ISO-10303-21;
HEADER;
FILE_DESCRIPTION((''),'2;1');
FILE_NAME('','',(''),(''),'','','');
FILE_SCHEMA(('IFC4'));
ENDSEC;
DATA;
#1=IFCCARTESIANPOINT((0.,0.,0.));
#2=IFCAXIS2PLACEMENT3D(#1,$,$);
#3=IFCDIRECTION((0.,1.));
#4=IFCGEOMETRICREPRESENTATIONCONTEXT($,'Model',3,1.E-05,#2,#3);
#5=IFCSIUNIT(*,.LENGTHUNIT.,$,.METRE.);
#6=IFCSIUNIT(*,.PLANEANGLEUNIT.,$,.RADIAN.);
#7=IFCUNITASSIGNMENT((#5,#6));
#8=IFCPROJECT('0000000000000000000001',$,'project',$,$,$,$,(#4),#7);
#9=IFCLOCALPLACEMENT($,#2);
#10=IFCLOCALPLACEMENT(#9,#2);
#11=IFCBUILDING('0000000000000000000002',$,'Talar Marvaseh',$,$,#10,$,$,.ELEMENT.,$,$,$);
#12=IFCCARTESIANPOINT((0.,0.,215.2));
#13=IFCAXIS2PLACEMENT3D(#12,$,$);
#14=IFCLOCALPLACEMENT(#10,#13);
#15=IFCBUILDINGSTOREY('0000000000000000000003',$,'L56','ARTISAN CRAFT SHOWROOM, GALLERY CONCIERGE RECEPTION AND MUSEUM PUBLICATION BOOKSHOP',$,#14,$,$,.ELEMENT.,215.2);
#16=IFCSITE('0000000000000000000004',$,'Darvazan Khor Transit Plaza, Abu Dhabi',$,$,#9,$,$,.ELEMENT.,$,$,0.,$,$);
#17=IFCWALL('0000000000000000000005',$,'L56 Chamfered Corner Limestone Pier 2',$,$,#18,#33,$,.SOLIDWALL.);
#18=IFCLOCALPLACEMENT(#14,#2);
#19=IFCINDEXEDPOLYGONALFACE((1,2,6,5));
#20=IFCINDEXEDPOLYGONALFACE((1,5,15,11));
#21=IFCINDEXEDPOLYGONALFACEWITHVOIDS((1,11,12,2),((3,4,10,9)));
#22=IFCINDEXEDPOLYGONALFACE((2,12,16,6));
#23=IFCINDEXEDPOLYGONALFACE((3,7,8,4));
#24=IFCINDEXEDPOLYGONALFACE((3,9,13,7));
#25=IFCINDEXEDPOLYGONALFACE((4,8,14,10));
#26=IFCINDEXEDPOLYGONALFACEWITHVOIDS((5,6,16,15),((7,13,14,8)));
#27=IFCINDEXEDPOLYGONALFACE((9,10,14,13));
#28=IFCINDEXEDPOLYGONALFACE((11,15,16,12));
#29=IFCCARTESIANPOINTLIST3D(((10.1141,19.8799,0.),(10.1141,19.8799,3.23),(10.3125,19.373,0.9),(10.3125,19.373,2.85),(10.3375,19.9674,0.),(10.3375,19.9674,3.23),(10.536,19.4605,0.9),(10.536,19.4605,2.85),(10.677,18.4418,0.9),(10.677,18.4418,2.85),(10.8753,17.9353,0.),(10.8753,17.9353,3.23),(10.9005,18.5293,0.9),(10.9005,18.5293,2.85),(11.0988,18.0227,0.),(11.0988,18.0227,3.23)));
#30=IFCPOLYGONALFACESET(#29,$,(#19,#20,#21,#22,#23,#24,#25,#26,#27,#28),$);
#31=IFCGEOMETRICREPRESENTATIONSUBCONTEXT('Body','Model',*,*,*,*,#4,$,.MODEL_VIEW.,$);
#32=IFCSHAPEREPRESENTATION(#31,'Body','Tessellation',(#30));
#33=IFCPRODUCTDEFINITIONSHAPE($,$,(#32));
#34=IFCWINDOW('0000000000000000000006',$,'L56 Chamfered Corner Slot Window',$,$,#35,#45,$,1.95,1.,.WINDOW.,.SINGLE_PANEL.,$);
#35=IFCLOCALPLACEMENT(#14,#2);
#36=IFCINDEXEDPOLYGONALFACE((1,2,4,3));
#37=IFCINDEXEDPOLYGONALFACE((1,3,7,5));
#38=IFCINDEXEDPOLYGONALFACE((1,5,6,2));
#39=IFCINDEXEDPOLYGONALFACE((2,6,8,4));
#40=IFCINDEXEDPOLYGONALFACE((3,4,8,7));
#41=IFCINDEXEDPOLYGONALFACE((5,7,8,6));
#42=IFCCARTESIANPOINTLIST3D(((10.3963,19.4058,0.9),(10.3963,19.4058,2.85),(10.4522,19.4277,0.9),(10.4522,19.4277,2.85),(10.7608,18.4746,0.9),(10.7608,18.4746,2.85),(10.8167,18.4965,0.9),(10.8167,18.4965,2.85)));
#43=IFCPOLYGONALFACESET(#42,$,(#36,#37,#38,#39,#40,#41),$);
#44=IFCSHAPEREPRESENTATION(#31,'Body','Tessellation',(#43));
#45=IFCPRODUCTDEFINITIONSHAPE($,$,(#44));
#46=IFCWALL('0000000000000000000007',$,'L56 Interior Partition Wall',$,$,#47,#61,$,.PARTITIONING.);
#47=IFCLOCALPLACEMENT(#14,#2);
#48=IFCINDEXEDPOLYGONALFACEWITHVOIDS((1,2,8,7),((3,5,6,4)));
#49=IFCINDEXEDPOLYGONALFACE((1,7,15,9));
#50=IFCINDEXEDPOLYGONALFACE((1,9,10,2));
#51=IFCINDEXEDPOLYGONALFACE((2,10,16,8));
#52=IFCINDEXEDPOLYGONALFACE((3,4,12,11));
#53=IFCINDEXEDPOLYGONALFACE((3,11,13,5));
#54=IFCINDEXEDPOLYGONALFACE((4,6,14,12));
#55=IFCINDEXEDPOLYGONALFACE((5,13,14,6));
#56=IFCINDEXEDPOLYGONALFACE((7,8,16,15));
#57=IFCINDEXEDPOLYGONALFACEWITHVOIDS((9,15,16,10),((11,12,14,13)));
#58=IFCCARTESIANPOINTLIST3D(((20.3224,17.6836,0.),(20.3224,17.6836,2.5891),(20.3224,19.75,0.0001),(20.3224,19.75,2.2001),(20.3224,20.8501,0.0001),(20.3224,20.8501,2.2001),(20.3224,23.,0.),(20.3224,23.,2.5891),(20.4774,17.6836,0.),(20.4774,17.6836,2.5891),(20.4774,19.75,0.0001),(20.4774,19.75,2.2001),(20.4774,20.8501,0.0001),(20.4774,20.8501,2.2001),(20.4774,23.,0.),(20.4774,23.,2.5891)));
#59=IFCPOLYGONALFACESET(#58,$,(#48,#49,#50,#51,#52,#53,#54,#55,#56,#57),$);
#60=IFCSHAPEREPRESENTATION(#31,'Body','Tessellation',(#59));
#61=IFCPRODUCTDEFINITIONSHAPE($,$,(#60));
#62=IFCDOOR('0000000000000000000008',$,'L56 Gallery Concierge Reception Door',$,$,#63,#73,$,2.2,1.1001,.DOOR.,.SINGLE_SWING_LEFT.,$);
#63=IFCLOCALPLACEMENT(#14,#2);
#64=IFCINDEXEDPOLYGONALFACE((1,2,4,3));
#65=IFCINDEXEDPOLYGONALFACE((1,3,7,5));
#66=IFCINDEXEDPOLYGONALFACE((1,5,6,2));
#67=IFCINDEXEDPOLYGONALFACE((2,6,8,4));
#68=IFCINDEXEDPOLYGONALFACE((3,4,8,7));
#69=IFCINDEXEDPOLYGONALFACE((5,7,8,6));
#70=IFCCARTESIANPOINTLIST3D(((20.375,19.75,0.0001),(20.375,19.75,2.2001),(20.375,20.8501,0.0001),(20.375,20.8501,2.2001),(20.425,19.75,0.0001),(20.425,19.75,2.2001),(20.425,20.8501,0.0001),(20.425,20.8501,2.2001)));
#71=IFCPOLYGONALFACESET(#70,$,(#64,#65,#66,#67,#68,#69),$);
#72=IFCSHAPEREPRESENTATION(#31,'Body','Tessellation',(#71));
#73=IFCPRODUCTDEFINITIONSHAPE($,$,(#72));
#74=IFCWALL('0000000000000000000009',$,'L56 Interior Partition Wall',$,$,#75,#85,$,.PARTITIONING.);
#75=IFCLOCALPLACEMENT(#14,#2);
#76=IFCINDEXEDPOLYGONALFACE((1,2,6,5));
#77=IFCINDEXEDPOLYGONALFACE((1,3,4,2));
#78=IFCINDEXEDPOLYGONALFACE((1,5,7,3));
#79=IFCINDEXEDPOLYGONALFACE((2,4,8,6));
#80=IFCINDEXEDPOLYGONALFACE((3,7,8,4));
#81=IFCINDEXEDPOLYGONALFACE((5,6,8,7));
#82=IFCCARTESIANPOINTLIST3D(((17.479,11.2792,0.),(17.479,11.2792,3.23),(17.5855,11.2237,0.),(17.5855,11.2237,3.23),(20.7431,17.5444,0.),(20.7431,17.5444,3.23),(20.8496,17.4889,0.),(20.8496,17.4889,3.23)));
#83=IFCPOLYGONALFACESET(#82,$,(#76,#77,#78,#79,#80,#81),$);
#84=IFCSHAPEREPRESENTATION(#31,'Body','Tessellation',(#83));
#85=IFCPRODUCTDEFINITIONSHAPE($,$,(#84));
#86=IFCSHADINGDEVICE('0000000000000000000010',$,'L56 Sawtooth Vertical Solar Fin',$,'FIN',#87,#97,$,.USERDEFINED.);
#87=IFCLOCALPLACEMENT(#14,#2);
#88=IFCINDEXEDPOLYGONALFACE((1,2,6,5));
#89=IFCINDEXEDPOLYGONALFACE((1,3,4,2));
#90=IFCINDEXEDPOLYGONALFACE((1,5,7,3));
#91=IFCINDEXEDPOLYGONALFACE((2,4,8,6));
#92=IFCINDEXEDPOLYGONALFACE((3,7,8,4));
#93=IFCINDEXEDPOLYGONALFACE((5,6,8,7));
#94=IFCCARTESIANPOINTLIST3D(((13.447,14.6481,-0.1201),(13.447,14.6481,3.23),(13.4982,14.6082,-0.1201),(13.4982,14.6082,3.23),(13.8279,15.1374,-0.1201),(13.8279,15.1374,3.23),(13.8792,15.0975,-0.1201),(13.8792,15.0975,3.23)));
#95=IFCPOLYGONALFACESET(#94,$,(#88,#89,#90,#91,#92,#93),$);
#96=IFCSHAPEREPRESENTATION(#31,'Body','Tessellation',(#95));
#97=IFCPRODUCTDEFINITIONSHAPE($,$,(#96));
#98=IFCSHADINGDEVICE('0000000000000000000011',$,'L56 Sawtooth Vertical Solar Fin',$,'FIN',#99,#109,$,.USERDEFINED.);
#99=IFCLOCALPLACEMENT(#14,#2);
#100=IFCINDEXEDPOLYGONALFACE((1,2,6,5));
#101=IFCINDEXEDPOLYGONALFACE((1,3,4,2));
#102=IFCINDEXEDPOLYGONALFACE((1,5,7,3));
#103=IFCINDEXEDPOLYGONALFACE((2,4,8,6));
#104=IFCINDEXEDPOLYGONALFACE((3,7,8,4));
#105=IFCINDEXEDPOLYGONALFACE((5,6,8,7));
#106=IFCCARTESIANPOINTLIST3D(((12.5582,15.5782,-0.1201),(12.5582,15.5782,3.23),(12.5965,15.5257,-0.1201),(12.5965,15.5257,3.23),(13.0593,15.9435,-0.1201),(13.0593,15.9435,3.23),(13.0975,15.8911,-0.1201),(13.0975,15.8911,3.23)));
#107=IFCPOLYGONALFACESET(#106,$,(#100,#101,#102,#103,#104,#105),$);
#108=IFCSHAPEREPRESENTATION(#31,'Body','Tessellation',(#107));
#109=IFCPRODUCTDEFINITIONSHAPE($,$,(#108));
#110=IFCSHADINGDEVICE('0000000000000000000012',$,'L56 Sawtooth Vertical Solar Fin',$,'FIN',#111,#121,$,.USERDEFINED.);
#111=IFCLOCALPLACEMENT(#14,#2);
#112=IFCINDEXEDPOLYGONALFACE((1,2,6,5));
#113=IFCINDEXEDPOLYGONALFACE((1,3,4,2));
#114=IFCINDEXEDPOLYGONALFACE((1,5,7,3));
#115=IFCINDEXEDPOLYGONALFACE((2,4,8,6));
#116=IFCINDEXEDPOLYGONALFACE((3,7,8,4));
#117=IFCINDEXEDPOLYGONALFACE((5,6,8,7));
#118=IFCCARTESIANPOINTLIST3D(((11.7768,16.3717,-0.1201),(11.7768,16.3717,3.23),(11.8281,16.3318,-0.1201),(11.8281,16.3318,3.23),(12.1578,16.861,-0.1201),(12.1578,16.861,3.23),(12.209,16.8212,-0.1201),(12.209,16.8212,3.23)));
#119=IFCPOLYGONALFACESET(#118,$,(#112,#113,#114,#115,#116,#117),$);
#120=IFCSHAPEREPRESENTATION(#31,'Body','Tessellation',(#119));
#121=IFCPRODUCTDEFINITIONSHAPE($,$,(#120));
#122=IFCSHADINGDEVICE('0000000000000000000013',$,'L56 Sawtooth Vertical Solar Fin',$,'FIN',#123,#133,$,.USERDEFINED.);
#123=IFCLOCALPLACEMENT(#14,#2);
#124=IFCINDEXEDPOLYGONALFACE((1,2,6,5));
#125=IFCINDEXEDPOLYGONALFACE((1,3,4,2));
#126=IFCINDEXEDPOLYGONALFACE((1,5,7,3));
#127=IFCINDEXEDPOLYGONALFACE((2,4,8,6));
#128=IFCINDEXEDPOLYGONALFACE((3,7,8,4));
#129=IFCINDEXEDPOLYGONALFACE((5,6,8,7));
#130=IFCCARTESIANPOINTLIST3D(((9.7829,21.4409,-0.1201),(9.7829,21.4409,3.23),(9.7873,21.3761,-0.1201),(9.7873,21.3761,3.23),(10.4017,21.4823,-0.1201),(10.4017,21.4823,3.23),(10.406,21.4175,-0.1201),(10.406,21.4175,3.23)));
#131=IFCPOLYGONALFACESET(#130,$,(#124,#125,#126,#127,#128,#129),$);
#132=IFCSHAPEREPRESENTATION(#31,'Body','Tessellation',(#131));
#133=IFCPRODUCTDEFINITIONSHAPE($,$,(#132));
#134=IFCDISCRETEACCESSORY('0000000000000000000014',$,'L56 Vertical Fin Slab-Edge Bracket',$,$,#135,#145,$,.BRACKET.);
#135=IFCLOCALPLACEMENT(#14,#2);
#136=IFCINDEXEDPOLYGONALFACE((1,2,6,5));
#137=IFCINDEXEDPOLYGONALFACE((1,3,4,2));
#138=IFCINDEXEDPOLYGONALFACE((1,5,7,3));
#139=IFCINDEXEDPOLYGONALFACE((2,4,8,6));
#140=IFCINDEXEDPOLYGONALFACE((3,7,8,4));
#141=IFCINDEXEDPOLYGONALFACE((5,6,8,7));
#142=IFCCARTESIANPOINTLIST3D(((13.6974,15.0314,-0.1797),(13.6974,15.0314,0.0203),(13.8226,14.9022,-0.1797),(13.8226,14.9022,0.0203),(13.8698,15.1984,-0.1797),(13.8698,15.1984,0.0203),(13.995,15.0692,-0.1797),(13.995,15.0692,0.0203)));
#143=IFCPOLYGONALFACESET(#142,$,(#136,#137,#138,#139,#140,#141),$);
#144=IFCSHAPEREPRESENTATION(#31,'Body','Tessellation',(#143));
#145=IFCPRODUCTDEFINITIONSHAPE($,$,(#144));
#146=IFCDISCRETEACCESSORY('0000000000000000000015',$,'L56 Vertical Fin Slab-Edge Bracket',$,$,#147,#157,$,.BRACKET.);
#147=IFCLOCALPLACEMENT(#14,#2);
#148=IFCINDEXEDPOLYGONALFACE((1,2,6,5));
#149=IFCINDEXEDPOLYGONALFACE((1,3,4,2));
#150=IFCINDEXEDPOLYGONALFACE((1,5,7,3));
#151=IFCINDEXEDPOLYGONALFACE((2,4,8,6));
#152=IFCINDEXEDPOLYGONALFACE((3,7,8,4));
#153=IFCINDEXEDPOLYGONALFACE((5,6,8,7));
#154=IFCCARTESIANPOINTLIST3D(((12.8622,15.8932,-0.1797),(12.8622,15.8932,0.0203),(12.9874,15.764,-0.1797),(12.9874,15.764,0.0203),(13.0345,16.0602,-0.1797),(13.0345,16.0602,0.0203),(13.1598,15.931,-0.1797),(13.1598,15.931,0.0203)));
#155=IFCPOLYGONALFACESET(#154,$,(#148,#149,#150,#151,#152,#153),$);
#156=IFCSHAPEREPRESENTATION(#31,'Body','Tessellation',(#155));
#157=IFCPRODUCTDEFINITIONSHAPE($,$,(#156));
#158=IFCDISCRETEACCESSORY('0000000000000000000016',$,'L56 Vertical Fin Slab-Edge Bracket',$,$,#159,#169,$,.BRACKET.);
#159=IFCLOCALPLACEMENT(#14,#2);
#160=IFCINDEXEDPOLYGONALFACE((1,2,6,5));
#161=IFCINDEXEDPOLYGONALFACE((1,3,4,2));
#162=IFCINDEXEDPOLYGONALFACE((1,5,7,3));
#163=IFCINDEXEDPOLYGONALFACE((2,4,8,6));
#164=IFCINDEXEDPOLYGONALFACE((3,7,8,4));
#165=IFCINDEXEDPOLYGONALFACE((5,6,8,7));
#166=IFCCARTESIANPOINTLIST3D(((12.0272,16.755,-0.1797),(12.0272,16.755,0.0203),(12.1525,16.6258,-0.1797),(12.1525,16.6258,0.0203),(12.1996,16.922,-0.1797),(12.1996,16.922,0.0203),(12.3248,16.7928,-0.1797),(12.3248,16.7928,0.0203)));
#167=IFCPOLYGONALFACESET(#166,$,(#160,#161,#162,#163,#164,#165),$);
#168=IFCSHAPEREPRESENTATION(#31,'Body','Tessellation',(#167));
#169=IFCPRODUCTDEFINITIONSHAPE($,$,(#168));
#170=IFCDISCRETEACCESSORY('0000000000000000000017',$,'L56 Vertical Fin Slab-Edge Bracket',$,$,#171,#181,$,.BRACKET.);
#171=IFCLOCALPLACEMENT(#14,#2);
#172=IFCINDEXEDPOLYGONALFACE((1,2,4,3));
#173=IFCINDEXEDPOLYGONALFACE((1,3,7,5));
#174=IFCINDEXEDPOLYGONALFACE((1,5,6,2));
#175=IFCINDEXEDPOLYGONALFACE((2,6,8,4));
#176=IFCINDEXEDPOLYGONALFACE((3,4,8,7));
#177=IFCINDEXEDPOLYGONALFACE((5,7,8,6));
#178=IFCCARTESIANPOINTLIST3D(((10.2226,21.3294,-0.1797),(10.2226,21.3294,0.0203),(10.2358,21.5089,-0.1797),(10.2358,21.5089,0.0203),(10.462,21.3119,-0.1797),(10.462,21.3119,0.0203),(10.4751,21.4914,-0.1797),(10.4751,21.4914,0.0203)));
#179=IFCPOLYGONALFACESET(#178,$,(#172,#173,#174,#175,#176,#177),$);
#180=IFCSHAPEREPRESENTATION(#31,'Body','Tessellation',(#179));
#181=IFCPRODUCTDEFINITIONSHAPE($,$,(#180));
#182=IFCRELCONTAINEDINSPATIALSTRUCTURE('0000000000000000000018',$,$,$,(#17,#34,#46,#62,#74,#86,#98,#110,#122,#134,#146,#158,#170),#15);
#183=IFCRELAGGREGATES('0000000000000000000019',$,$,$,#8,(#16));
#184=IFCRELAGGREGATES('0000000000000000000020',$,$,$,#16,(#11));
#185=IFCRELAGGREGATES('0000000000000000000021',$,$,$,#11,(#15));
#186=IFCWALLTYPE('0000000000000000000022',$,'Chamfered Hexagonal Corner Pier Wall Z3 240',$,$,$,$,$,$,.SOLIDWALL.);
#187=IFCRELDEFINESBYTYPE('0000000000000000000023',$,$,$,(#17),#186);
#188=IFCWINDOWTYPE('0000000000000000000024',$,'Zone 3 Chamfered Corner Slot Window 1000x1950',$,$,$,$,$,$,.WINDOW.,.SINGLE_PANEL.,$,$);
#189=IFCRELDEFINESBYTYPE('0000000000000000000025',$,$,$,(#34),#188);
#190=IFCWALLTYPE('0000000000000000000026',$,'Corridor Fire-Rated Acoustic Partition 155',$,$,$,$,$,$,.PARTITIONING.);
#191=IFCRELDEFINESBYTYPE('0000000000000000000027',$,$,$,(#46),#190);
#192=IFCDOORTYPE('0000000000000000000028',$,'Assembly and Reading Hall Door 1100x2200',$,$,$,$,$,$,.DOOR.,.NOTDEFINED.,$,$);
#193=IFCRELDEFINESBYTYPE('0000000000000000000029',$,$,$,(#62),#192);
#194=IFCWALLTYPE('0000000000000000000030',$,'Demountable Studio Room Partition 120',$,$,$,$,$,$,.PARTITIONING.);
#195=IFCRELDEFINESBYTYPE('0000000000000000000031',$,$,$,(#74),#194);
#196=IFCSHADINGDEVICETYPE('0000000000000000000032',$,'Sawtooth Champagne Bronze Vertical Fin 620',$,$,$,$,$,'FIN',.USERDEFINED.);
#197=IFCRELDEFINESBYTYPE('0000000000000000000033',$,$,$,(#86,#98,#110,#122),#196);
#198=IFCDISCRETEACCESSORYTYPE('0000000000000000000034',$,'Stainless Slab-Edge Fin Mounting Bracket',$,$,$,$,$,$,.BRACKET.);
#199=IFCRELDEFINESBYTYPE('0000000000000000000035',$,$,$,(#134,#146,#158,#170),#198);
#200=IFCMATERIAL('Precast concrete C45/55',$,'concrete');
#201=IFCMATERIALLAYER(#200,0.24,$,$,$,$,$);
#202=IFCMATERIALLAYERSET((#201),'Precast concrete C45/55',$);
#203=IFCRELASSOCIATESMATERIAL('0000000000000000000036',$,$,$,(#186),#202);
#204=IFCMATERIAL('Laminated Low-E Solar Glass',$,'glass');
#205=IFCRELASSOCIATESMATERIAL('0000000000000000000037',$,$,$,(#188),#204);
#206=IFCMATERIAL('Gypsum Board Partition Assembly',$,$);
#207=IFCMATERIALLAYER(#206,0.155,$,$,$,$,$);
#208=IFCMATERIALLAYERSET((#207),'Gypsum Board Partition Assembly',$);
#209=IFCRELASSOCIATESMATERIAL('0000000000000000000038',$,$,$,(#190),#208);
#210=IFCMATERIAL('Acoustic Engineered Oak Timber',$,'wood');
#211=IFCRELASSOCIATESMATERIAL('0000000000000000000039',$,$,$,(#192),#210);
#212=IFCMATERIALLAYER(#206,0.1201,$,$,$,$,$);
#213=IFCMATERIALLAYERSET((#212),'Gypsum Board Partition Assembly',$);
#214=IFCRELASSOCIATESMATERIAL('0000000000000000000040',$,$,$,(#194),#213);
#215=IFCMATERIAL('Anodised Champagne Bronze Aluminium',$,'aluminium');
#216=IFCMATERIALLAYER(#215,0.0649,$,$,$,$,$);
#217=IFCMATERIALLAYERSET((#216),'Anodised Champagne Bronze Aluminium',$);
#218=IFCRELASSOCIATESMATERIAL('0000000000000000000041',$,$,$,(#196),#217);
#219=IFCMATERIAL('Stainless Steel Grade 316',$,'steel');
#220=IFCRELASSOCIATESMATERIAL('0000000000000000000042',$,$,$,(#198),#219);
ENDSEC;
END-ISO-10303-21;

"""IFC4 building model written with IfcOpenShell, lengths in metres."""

from ifc_helpers import new_model, si_unit, direction, frame, frame_2d, origin, origin_2d, place, context, subcontext, project, spatial, rectangle, extrude, source, transform, mapped, material, layer, layer_set, type_object, type_shapes, element, fill, save


model = new_model("IFC4")

# Units and contexts
model_context = context("Model", 3, precision=1e-05, world=origin(), true_north=direction((0.0, 1.0)))
body_context = subcontext(model_context, "Body", "Model", "MODEL_VIEW")
ifc_project = project(units=[si_unit("LENGTHUNIT", "METRE"), si_unit("PLANEANGLEUNIT", "RADIAN")], contexts=[model_context])

# Site, building, storey
site_placement = place(None, origin())
site = spatial("IfcSite", under=ifc_project, at=site_placement, Name="Darvazan Khor Transit Plaza, Abu Dhabi", CompositionType="ELEMENT", RefElevation=0.0)
building_placement = place(site_placement, origin())
building = spatial("IfcBuilding", under=site, at=building_placement, Name="Talar Marvaseh", CompositionType="ELEMENT")
storey_placement = place(building_placement, frame((0.0, 0.0, 215.2)))
storey = spatial("IfcBuildingStorey", under=building, at=storey_placement, Name="L56", Description="ARTISAN CRAFT SHOWROOM, GALLERY CONCIERGE RECEPTION AND MUSEUM PUBLICATION BOOKSHOP", CompositionType="ELEMENT", Elevation=215.2)

# Shared definitions
ifc_material_1 = material(Name="Laminated Low-E Solar Glass", Category="glass")

# Wall, opening, window
ifc_material_2 = material(Name="Precast concrete C45/55", Category="concrete")
ifc_layer_1 = layer(ifc_material_2, 0.24)
ifc_layer_set_1 = layer_set([ifc_layer_1], Name="Precast concrete C45/55")
wall_type_1 = type_object("IfcWallType", Name="Chamfered Hexagonal Corner Pier Wall Z3 240", PredefinedType="SOLIDWALL", material=ifc_layer_set_1)
wall_1_placement = place(storey_placement, frame((10.9871, 17.979, 0.0), z_axis=(0.0, 0.0, 1.0), x_axis=(-0.364527, 0.931193, 0.0)))
wall_1 = element("IfcWall", 1, at=wall_1_placement, inside=storey, type_object=wall_type_1, Name="L56 Chamfered Corner Limestone Pier 2", PredefinedType="SOLIDWALL", context=body_context, shape_type="SweptSolid", body=[
    extrude(rectangle(XDim=2.0884, YDim=0.24, at=frame_2d((1.0442, 0.0))), origin(), (0.0, 0.0, 1.0), 3.23),
])
opening_1_placement = place(wall_1_placement, frame((0.5439, 0.0, 0.8999)))
opening_1 = element("IfcOpeningElement", 2, at=opening_1_placement, cuts=wall_1, PredefinedType="OPENING", context=body_context, shape_type="SweptSolid", body=[
    extrude(rectangle(XDim=1.0, YDim=1.95, at=frame_2d((0.5, 0.9751))), frame((0.0, 0.1299, 0.0), z_axis=(0.0, -1.0, 0.0), x_axis=(1.0, 0.0, 0.0)), (0.0, 0.0, 1.0), 0.26),
])
window_type = type_object("IfcWindowType", Name="Zone 3 Chamfered Corner Slot Window 1000x1950", PartitioningType="SINGLE_PANEL", PredefinedType="WINDOW", material=ifc_material_1)
shared_shape_1 = source(origin(), body_context, "Body", "SweptSolid", [
    extrude(rectangle(XDim=1.0, YDim=1.95, at=frame_2d((0.5, 0.9751))), frame((0.0, 0.03, 0.0), z_axis=(0.0, -1.0, 0.0), x_axis=(1.0, 0.0, 0.0)), (0.0, 0.0, 1.0), 0.0601),
])
type_shapes(window_type, [shared_shape_1])
window_placement = place(opening_1_placement, origin())
window = element("IfcWindow", 3, at=window_placement, inside=storey, type_object=window_type, Name="L56 Chamfered Corner Slot Window", OverallHeight=1.95, OverallWidth=1.0, PartitioningType="SINGLE_PANEL", PredefinedType="WINDOW", context=body_context, shape_type="MappedRepresentation", body=[
    mapped(shared_shape_1, transform((0.0, 0.0, 0.0), x_axis=(1.0, 0.0, 0.0), y_axis=(0.0, 1.0, 0.0), z_axis=(0.0, 0.0, 1.0), scale=1.0)),
])
fill(opening_1, window)

# Wall, opening, door
ifc_material_3 = material(Name="Gypsum Board Partition Assembly")
ifc_layer_2 = layer(ifc_material_3, 0.155)
ifc_layer_set_2 = layer_set([ifc_layer_2], Name="Gypsum Board Partition Assembly")
wall_type_2 = type_object("IfcWallType", Name="Corridor Fire-Rated Acoustic Partition 155", PredefinedType="PARTITIONING", material=ifc_layer_set_2)
wall_2_placement = place(storey_placement, frame((20.3999, 17.6836, 0.0), z_axis=(0.0, 0.0, 1.0), x_axis=(0.0, 1.0, 0.0)))
wall_2 = element("IfcWall", 4, at=wall_2_placement, inside=storey, type_object=wall_type_2, Name="L56 Interior Partition Wall", PredefinedType="PARTITIONING", context=body_context, shape_type="SweptSolid", body=[
    extrude(rectangle(XDim=5.3164, YDim=0.155, at=frame_2d((2.6582, 0.0))), origin(), (0.0, 0.0, 1.0), 2.5891),
])
opening_2_placement = place(wall_2_placement, frame((2.0664, 0.0, 0.0)))
opening_2 = element("IfcOpeningElement", 5, at=opening_2_placement, cuts=wall_2, PredefinedType="OPENING", context=body_context, shape_type="SweptSolid", body=[
    extrude(rectangle(XDim=1.1001, YDim=2.2, at=frame_2d((0.55, 1.1001))), frame((0.0, 0.0874, 0.0), z_axis=(0.0, -1.0, 0.0), x_axis=(1.0, 0.0, 0.0)), (0.0, 0.0, 1.0), 0.175),
])
ifc_material_4 = material(Name="Acoustic Engineered Oak Timber", Category="wood")
door_type = type_object("IfcDoorType", Name="Assembly and Reading Hall Door 1100x2200", OperationType="NOTDEFINED", PredefinedType="DOOR", material=ifc_material_4)
shared_shape_2 = source(origin(), body_context, "Body", "SweptSolid", [
    extrude(rectangle(XDim=1.1001, YDim=2.2, at=frame_2d((0.55, 1.1001))), frame((0.0, 0.0249, 0.0), z_axis=(0.0, -1.0, 0.0), x_axis=(1.0, 0.0, 0.0)), (0.0, 0.0, 1.0), 0.05),
])
type_shapes(door_type, [shared_shape_2])
door_placement = place(opening_2_placement, origin())
door = element("IfcDoor", 6, at=door_placement, inside=storey, type_object=door_type, Name="L56 Gallery Concierge Reception Door", OperationType="SINGLE_SWING_LEFT", OverallHeight=2.2, OverallWidth=1.1001, PredefinedType="DOOR", context=body_context, shape_type="MappedRepresentation", body=[
    mapped(shared_shape_2, transform((0.0, 0.0, 0.0), x_axis=(1.0, 0.0, 0.0), y_axis=(0.0, 1.0, 0.0), z_axis=(0.0, 0.0, 1.0), scale=1.0)),
])
fill(opening_2, door)

# Wall
ifc_layer_3 = layer(ifc_material_3, 0.1201)
ifc_layer_set_3 = layer_set([ifc_layer_3], Name="Gypsum Board Partition Assembly")
wall_type_3 = type_object("IfcWallType", Name="Demountable Studio Room Partition 120", PredefinedType="PARTITIONING", material=ifc_layer_set_3)
wall_3_placement = place(storey_placement, frame((20.7964, 17.5166, 0.0), z_axis=(0.0, 0.0, 1.0), x_axis=(-0.462053, -0.886852, 0.0)))
element("IfcWall", 7, at=wall_3_placement, inside=storey, type_object=wall_type_3, Name="L56 Interior Partition Wall", PredefinedType="PARTITIONING", context=body_context, shape_type="SweptSolid", body=[
    extrude(rectangle(XDim=7.0645, YDim=0.1201, at=frame_2d((3.5322, 0.0))), origin(), (0.0, 0.0, 1.0), 3.23),
])

# Shading devices
ifc_material_5 = material(Name="Anodised Champagne Bronze Aluminium", Category="aluminium")
ifc_layer_4 = layer(ifc_material_5, 0.0649)
ifc_layer_set_4 = layer_set([ifc_layer_4], Name="Anodised Champagne Bronze Aluminium")
shading_device_type = type_object("IfcShadingDeviceType", Name="Sawtooth Champagne Bronze Vertical Fin 620", ElementType="FIN", PredefinedType="USERDEFINED", material=ifc_layer_set_4)
shared_shape_3 = source(origin(), body_context, "Body", "SweptSolid", [
    extrude(rectangle(XDim=0.6201, YDim=0.0649, at=origin_2d()), origin(), (0.0, 0.0, 1.0), 3.3501),
])
type_shapes(shading_device_type, [shared_shape_3])
for number, where, z_axis, x_axis, name in (
    (8, (13.6631, 14.8728, -0.1201), (0.0, 0.0, 1.0), (-0.614285, -0.789084, 0.0), "L56 Sawtooth Vertical Solar Fin"),
    (9, (12.8279, 15.7346, -0.1201), (0.0, 0.0, 1.0), (-0.80799, -0.589196, 0.0), "L56 Sawtooth Vertical Solar Fin"),
    (10, (11.9929, 16.5964, -0.1201), (0.0, 0.0, 1.0), (-0.614285, -0.789084, 0.0), "L56 Sawtooth Vertical Solar Fin"),
    (11, (10.0945, 21.4292, -0.1201), (0.0, 0.0, 1.0), (-0.997778, -0.066622, 0.0), "L56 Sawtooth Vertical Solar Fin"),
):
    element("IfcShadingDevice", number, at=place(storey_placement, frame(where, z_axis=z_axis, x_axis=x_axis)), inside=storey, type_object=shading_device_type, Name=name, ObjectType="FIN", PredefinedType="USERDEFINED", context=body_context, shape_type="MappedRepresentation", body=[
        mapped(shared_shape_3, transform((0.0, 0.0, 0.0), x_axis=(1.0, 0.0, 0.0), y_axis=(0.0, 1.0, 0.0), z_axis=(0.0, 0.0, 1.0), scale=1.0)),
    ])

# Discrete accessories
ifc_material_6 = material(Name="Stainless Steel Grade 316", Category="steel")
discrete_accessory_type = type_object("IfcDiscreteAccessoryType", Name="Stainless Slab-Edge Fin Mounting Bracket", PredefinedType="BRACKET", material=ifc_material_6)
shared_shape_4 = source(origin(), body_context, "Body", "SweptSolid", [
    extrude(rectangle(XDim=0.24, YDim=0.1799, at=origin_2d()), origin(), (0.0, 0.0, 1.0), 0.2),
])
type_shapes(discrete_accessory_type, [shared_shape_4])
for number, where, z_axis, x_axis, name in (
    (12, (13.8462, 15.0503, -0.1797), (0.0, 0.0, 1.0), (-0.718126, -0.695913, 0.0), "L56 Vertical Fin Slab-Edge Bracket"),
    (13, (13.011, 15.9121, -0.1797), (0.0, 0.0, 1.0), (-0.718126, -0.695913, 0.0), "L56 Vertical Fin Slab-Edge Bracket"),
    (14, (12.176, 16.7739, -0.1797), (0.0, 0.0, 1.0), (-0.718126, -0.695913, 0.0), "L56 Vertical Fin Slab-Edge Bracket"),
    (15, (10.3489, 21.4104, -0.1797), (0.0, 0.0, 1.0), (-0.99734, 0.07289, 0.0), "L56 Vertical Fin Slab-Edge Bracket"),
):
    element("IfcDiscreteAccessory", number, at=place(storey_placement, frame(where, z_axis=z_axis, x_axis=x_axis)), inside=storey, type_object=discrete_accessory_type, Name=name, PredefinedType="BRACKET", context=body_context, shape_type="MappedRepresentation", body=[
        mapped(shared_shape_4, transform((0.0, 0.0, 0.0), x_axis=(1.0, 0.0, 0.0), y_axis=(0.0, 1.0, 0.0), z_axis=(0.0, 0.0, 1.0), scale=1.0)),
    ])

save(model, "model.ifc")
